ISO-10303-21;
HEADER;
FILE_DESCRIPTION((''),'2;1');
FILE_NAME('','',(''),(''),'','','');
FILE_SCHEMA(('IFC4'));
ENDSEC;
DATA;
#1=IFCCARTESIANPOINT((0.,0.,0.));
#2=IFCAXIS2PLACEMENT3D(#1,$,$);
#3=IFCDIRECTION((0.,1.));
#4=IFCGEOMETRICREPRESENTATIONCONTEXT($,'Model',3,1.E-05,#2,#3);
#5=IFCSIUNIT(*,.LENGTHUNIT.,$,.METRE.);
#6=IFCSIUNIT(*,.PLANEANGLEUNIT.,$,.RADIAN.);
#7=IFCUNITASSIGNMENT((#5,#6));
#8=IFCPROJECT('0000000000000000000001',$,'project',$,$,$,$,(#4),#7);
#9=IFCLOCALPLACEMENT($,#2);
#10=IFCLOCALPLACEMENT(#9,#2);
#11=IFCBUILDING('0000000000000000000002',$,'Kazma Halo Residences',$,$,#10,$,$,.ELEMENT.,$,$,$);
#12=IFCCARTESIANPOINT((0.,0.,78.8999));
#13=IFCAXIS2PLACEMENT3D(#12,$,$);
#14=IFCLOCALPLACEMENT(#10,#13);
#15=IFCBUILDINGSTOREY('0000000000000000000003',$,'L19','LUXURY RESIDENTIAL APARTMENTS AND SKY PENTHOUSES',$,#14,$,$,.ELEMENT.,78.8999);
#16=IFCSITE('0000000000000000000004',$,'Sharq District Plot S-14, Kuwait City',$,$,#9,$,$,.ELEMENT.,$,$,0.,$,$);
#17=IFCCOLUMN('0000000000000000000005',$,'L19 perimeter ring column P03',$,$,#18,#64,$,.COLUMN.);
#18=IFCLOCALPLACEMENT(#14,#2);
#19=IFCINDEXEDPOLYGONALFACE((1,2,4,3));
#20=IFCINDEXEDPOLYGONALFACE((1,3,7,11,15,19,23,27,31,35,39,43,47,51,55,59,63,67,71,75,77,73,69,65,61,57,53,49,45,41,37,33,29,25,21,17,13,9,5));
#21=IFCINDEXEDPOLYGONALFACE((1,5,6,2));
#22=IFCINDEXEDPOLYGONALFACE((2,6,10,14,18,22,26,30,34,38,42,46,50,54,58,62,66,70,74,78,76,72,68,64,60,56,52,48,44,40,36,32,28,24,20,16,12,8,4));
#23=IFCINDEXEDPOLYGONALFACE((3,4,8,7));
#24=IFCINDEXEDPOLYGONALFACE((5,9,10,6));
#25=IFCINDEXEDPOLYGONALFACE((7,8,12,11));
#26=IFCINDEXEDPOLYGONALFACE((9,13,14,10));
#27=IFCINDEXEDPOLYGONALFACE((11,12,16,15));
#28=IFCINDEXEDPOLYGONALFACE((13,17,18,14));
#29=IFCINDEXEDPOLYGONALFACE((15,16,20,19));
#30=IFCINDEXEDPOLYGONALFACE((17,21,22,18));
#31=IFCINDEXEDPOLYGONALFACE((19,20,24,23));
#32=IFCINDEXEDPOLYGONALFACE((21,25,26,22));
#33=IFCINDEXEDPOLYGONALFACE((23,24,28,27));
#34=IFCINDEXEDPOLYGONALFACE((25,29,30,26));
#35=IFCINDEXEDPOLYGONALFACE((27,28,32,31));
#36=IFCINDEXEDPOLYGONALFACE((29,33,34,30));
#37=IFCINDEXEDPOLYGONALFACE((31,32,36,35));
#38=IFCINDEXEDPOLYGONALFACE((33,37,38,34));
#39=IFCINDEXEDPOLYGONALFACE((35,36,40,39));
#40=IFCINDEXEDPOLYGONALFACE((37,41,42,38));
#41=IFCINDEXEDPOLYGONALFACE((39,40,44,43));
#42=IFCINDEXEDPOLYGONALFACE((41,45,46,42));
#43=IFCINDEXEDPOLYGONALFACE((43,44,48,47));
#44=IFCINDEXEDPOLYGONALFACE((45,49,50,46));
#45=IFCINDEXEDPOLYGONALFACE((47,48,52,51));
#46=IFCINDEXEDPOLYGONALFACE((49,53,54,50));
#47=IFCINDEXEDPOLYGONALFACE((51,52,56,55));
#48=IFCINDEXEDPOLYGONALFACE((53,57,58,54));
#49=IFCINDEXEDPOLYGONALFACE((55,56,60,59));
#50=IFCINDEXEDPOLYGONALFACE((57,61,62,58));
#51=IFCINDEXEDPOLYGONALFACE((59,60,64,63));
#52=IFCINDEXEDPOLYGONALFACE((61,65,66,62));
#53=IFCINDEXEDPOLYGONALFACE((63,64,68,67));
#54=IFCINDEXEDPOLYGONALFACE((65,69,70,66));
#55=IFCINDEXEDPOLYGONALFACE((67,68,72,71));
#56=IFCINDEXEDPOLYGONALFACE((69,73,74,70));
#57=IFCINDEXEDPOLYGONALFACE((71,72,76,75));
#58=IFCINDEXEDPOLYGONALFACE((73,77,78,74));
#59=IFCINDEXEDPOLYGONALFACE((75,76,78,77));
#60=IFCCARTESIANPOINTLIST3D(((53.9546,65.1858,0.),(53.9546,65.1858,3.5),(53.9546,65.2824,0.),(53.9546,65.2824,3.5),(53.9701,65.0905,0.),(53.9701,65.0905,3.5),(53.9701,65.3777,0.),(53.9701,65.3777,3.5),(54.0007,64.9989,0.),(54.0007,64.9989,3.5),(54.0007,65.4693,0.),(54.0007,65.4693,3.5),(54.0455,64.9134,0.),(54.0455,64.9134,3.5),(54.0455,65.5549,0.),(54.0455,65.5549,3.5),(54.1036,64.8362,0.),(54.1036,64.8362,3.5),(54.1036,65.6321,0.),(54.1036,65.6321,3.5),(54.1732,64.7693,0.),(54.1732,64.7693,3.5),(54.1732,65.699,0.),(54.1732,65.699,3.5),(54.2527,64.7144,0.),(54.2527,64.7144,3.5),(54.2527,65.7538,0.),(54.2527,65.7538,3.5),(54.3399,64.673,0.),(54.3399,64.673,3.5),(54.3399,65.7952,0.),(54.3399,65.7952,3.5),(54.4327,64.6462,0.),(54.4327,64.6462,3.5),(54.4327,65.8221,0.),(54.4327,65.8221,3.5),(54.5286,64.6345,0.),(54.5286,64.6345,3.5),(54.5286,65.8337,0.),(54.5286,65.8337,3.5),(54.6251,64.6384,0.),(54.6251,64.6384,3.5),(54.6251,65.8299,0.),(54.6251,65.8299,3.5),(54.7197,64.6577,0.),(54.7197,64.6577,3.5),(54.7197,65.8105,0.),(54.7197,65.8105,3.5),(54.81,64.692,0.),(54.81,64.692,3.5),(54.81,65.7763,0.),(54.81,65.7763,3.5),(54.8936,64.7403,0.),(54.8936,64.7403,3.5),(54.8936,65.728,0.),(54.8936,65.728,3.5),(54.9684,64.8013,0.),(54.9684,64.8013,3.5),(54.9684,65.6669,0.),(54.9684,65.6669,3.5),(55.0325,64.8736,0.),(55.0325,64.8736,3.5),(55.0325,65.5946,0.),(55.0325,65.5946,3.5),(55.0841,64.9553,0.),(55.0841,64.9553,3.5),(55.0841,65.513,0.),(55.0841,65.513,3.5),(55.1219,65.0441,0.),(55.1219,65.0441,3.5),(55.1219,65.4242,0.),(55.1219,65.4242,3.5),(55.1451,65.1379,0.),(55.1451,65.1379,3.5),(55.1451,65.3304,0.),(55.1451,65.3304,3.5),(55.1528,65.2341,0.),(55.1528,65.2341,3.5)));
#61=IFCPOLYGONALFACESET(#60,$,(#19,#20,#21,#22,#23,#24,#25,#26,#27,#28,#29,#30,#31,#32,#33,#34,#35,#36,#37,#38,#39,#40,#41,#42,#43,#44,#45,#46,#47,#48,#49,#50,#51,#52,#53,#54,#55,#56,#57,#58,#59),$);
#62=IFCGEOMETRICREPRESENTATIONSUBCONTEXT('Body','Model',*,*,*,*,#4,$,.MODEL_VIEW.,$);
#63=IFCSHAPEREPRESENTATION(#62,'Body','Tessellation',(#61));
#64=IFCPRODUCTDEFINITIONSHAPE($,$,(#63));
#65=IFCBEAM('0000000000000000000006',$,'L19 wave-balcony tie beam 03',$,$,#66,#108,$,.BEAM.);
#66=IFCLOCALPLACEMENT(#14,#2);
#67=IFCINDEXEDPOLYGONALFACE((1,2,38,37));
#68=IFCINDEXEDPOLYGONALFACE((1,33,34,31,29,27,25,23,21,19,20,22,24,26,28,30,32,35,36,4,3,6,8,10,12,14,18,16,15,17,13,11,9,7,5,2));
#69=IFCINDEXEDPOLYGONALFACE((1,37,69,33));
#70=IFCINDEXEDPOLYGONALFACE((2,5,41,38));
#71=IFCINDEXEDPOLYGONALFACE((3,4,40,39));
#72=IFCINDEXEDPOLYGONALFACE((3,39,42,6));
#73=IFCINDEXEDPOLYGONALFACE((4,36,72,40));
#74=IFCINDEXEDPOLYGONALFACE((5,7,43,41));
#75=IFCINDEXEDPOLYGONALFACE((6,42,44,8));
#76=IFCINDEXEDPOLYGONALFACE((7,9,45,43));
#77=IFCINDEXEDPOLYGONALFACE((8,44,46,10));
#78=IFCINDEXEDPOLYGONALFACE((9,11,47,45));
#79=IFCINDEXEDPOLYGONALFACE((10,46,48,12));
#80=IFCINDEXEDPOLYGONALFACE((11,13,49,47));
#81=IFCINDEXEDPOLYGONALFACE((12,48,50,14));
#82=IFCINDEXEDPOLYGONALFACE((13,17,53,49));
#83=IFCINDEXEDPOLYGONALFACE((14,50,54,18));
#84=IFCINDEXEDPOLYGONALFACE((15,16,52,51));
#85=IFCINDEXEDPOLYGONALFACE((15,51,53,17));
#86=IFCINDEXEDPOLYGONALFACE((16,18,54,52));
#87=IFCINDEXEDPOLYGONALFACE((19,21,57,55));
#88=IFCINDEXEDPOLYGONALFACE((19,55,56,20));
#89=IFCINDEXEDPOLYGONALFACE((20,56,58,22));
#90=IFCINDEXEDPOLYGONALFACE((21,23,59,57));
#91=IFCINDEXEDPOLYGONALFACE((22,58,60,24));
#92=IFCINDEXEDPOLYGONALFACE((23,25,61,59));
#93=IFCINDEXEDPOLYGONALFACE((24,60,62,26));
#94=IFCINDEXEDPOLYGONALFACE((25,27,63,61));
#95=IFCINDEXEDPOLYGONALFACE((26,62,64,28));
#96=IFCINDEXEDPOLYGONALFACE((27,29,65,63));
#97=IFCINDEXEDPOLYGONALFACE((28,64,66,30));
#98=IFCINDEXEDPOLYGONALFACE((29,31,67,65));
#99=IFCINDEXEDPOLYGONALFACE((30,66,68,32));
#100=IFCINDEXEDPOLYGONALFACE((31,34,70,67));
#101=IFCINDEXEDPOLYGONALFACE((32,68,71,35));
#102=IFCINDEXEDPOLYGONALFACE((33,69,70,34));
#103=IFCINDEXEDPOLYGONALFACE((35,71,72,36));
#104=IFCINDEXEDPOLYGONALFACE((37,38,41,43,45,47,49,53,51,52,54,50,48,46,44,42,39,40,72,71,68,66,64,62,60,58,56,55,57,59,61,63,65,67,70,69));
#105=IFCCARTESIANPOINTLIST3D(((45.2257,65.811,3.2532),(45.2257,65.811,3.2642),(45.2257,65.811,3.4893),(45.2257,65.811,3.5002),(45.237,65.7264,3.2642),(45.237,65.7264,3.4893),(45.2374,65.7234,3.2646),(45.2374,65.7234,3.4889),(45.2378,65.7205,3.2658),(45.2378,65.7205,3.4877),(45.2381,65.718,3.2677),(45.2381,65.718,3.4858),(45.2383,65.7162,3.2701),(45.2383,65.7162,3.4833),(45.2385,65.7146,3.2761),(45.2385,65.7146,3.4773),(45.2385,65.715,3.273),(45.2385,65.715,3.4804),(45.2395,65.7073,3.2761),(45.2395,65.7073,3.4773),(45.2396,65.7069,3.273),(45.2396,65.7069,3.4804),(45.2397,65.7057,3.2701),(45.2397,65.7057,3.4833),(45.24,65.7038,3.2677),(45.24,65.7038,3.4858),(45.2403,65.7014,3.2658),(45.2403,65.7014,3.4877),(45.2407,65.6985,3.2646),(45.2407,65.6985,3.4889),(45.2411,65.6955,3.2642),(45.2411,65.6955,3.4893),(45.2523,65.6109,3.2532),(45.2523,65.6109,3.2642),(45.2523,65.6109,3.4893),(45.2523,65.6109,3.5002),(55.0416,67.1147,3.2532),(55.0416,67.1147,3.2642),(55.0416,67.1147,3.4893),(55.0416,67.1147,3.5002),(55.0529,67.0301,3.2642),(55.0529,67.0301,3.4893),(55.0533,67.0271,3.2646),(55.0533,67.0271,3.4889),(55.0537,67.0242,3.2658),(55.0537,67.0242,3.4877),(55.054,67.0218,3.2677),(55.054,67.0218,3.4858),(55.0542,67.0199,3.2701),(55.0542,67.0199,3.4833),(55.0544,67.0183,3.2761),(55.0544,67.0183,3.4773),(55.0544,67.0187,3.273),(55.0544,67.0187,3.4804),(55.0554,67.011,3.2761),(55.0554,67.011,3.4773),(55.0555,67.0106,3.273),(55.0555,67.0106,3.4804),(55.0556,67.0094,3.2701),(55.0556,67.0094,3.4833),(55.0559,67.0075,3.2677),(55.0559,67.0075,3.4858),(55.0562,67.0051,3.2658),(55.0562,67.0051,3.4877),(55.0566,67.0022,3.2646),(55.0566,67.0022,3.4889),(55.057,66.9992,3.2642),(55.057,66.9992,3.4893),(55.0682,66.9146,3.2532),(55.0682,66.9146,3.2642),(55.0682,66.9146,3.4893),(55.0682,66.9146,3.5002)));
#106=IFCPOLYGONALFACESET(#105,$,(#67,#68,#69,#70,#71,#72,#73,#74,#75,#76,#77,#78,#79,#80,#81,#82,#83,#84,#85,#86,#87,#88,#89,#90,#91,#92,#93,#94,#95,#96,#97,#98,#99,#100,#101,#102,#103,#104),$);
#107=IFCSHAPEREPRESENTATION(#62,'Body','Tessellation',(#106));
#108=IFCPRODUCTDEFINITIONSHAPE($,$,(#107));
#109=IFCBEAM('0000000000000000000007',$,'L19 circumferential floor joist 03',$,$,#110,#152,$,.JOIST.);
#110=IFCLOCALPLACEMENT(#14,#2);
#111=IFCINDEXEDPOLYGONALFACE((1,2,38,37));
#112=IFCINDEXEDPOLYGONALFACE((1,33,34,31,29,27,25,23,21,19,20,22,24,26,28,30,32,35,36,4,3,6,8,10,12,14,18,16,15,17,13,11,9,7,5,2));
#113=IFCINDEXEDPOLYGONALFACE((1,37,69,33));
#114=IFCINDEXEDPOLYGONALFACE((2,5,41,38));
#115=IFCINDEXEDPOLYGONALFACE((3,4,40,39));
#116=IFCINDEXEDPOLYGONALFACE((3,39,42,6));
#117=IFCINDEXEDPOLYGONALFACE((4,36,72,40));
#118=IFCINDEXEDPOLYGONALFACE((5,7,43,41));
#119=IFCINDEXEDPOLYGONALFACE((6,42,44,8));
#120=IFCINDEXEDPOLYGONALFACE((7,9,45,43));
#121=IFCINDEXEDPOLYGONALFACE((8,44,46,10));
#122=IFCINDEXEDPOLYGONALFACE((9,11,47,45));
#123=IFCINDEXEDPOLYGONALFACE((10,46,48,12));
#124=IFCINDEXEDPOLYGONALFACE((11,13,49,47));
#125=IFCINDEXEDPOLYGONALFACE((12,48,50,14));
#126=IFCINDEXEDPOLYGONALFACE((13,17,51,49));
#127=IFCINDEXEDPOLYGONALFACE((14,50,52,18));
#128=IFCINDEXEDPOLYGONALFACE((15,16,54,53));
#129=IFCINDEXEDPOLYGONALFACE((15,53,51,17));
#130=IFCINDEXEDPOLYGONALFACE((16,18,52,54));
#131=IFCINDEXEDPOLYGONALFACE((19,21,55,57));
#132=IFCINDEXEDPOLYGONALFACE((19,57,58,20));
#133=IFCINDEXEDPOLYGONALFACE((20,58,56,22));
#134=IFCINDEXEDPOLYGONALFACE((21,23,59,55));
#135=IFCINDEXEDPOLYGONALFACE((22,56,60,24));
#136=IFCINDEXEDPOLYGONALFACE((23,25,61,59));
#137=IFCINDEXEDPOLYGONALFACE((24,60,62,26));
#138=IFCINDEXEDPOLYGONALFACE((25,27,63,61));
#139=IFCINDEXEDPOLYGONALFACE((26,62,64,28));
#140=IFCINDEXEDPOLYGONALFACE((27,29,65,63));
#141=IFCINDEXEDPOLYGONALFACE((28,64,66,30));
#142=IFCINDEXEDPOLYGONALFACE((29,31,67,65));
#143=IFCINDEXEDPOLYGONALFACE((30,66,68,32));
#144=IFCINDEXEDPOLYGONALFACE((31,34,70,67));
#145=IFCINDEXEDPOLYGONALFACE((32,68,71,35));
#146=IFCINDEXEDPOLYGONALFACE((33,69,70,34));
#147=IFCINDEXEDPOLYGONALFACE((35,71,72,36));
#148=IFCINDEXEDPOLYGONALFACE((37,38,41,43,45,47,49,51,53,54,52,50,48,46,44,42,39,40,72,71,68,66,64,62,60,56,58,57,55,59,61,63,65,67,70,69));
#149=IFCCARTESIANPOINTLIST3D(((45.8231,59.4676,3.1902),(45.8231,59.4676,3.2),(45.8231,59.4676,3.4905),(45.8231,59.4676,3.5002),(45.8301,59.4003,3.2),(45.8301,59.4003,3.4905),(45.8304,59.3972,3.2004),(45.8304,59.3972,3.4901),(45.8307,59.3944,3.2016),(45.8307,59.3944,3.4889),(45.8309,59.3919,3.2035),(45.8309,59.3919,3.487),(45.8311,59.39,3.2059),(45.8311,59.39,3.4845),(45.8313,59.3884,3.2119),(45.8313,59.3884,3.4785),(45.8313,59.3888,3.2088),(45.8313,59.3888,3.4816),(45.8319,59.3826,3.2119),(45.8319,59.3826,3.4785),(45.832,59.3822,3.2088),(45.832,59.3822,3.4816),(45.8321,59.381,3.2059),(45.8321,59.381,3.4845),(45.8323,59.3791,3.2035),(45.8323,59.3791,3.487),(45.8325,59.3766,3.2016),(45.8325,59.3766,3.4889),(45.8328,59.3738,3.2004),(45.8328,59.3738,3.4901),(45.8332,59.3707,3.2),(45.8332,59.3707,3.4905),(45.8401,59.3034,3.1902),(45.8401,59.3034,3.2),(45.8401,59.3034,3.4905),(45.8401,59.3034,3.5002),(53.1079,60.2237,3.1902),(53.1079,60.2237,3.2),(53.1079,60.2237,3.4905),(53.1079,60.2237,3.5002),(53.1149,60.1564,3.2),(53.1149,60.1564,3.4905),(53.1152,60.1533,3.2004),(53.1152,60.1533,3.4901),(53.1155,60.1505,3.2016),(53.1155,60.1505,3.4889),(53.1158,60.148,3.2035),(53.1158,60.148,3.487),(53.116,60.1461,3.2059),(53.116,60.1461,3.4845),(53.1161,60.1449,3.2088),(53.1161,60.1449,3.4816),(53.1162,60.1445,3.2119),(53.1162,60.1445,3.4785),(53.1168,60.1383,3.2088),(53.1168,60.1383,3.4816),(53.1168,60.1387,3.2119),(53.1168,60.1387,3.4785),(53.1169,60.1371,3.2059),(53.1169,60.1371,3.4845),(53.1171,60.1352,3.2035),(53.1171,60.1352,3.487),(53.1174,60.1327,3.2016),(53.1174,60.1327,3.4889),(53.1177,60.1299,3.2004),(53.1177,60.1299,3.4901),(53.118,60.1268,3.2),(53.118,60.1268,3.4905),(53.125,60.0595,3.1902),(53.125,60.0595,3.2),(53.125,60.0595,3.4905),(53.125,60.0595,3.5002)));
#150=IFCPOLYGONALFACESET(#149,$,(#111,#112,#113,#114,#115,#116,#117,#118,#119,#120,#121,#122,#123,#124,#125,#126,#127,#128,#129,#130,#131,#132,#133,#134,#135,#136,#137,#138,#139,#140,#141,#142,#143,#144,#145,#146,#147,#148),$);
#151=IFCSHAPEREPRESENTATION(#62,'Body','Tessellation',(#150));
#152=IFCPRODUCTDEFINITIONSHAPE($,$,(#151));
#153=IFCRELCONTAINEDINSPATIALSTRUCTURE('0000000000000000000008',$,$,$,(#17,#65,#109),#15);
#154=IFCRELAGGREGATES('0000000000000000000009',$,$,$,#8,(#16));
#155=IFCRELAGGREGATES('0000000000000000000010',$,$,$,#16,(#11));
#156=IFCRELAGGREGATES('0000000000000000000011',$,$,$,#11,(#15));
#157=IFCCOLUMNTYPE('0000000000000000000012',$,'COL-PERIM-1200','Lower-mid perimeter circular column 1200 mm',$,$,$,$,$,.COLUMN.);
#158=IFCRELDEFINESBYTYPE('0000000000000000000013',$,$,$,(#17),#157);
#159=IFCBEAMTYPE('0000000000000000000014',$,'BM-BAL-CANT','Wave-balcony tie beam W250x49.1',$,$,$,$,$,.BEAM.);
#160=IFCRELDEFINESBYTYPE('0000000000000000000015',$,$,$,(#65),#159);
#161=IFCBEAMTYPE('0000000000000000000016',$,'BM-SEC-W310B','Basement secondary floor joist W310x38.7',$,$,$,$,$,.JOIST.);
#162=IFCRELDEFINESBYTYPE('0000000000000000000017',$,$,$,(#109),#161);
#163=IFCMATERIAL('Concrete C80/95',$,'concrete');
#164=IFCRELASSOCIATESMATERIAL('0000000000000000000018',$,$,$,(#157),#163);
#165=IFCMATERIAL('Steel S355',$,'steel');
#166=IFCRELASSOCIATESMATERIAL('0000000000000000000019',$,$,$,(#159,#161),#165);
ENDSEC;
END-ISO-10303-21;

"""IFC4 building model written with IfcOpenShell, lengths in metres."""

from ifc_helpers import new_model, si_unit, direction, frame, origin, origin_2d, place, context, subcontext, project, spatial, circle, i_section, extrude, material, material_profile, profile_set, type_object, element, save


model = new_model("IFC4")

# Units and contexts
model_context = context("Model", 3, precision=1e-05, world=origin(), true_north=direction((0.0, 1.0)))
body_context = subcontext(model_context, "Body", "Model", "MODEL_VIEW")
ifc_project = project(units=[si_unit("LENGTHUNIT", "METRE"), si_unit("PLANEANGLEUNIT", "RADIAN")], contexts=[model_context])

# Site, building, storey
site_placement = place(None, origin())
site = spatial("IfcSite", under=ifc_project, at=site_placement, Name="Sharq District Plot S-14, Kuwait City", CompositionType="ELEMENT", RefElevation=0.0)
building_placement = place(site_placement, origin())
building = spatial("IfcBuilding", under=site, at=building_placement, Name="Kazma Halo Residences", CompositionType="ELEMENT")
storey_placement = place(building_placement, frame((0.0, 0.0, 78.8999)))
storey = spatial("IfcBuildingStorey", under=building, at=storey_placement, Name="L19", Description="LUXURY RESIDENTIAL APARTMENTS AND SKY PENTHOUSES", CompositionType="ELEMENT", Elevation=78.8999)

# Column
ifc_material_1 = material(Name="Concrete C80/95", Category="concrete")
ifc_material_profile_1 = material_profile(ifc_material_1, circle(Radius=0.6001, at=origin_2d()), Name="CIRC1200")
ifc_profile_set_1 = profile_set([ifc_material_profile_1], Name="Concrete C80/95")
column_type = type_object("IfcColumnType", Name="COL-PERIM-1200", Description="Lower-mid perimeter circular column 1200 mm", PredefinedType="COLUMN", material=ifc_profile_set_1)
column_placement = place(storey_placement, frame((54.5527, 65.2341, 0.0), z_axis=(0.0, 0.0, 1.0), x_axis=(1.0, 0.0, 0.0)))
element("IfcColumn", 1, at=column_placement, inside=storey, type_object=column_type, Name="L19 perimeter ring column P03", PredefinedType="COLUMN", context=body_context, shape_type="SweptSolid", body=[
    extrude(circle(Radius=0.6001, at=origin_2d()), origin(), (0.0, 0.0, 1.0), 3.5),
])

# Beams
ifc_material_2 = material(Name="Steel S355", Category="steel")
ifc_material_profile_2 = material_profile(ifc_material_2, i_section(OverallWidth=0.2019, OverallDepth=0.2471, WebThickness=0.0073, FlangeThickness=0.011, FilletRadius=0.012, at=origin_2d()), Name="W250x49.1")
ifc_profile_set_2 = profile_set([ifc_material_profile_2], Name="Steel S355")
beam_type_1 = type_object("IfcBeamType", Name="BM-BAL-CANT", Description="Wave-balcony tie beam W250x49.1", PredefinedType="BEAM", material=ifc_profile_set_2)
beam_1_placement = place(storey_placement, frame((55.0549, 67.0146, 3.3767), z_axis=(-0.991295, -0.13166, 0.0), x_axis=(0.13166, -0.991295, 0.0)))
element("IfcBeam", 2, at=beam_1_placement, inside=storey, type_object=beam_type_1, Name="L19 wave-balcony tie beam 03", PredefinedType="BEAM", context=body_context, shape_type="SweptSolid", body=[
    extrude(i_section(OverallWidth=0.2019, OverallDepth=0.2471, WebThickness=0.0073, FlangeThickness=0.011, FilletRadius=0.012, at=origin_2d()), origin(), (0.0, 0.0, 1.0), 9.9021),
])
ifc_material_profile_3 = material_profile(ifc_material_2, i_section(OverallWidth=0.165, OverallDepth=0.3101, WebThickness=0.0059, FlangeThickness=0.0098, FilletRadius=0.012, at=origin_2d()), Name="W310x38.7")
ifc_profile_set_3 = profile_set([ifc_material_profile_3], Name="Steel S355")
beam_type_2 = type_object("IfcBeamType", Name="BM-SEC-W310B", Description="Basement secondary floor joist W310x38.7", PredefinedType="JOIST", material=ifc_profile_set_3)
beam_2_placement = place(storey_placement, frame((53.1165, 60.1416, 3.3452), z_axis=(-0.994657, -0.103236, 0.0), x_axis=(0.103236, -0.994657, 0.0)))
element("IfcBeam", 3, at=beam_2_placement, inside=storey, type_object=beam_type_2, Name="L19 circumferential floor joist 03", PredefinedType="JOIST", context=body_context, shape_type="SweptSolid", body=[
    extrude(i_section(OverallWidth=0.165, OverallDepth=0.3101, WebThickness=0.0059, FlangeThickness=0.0098, FilletRadius=0.012, at=origin_2d()), origin(), (0.0, 0.0, 1.0), 7.324),
])

save(model, "model.ifc")
